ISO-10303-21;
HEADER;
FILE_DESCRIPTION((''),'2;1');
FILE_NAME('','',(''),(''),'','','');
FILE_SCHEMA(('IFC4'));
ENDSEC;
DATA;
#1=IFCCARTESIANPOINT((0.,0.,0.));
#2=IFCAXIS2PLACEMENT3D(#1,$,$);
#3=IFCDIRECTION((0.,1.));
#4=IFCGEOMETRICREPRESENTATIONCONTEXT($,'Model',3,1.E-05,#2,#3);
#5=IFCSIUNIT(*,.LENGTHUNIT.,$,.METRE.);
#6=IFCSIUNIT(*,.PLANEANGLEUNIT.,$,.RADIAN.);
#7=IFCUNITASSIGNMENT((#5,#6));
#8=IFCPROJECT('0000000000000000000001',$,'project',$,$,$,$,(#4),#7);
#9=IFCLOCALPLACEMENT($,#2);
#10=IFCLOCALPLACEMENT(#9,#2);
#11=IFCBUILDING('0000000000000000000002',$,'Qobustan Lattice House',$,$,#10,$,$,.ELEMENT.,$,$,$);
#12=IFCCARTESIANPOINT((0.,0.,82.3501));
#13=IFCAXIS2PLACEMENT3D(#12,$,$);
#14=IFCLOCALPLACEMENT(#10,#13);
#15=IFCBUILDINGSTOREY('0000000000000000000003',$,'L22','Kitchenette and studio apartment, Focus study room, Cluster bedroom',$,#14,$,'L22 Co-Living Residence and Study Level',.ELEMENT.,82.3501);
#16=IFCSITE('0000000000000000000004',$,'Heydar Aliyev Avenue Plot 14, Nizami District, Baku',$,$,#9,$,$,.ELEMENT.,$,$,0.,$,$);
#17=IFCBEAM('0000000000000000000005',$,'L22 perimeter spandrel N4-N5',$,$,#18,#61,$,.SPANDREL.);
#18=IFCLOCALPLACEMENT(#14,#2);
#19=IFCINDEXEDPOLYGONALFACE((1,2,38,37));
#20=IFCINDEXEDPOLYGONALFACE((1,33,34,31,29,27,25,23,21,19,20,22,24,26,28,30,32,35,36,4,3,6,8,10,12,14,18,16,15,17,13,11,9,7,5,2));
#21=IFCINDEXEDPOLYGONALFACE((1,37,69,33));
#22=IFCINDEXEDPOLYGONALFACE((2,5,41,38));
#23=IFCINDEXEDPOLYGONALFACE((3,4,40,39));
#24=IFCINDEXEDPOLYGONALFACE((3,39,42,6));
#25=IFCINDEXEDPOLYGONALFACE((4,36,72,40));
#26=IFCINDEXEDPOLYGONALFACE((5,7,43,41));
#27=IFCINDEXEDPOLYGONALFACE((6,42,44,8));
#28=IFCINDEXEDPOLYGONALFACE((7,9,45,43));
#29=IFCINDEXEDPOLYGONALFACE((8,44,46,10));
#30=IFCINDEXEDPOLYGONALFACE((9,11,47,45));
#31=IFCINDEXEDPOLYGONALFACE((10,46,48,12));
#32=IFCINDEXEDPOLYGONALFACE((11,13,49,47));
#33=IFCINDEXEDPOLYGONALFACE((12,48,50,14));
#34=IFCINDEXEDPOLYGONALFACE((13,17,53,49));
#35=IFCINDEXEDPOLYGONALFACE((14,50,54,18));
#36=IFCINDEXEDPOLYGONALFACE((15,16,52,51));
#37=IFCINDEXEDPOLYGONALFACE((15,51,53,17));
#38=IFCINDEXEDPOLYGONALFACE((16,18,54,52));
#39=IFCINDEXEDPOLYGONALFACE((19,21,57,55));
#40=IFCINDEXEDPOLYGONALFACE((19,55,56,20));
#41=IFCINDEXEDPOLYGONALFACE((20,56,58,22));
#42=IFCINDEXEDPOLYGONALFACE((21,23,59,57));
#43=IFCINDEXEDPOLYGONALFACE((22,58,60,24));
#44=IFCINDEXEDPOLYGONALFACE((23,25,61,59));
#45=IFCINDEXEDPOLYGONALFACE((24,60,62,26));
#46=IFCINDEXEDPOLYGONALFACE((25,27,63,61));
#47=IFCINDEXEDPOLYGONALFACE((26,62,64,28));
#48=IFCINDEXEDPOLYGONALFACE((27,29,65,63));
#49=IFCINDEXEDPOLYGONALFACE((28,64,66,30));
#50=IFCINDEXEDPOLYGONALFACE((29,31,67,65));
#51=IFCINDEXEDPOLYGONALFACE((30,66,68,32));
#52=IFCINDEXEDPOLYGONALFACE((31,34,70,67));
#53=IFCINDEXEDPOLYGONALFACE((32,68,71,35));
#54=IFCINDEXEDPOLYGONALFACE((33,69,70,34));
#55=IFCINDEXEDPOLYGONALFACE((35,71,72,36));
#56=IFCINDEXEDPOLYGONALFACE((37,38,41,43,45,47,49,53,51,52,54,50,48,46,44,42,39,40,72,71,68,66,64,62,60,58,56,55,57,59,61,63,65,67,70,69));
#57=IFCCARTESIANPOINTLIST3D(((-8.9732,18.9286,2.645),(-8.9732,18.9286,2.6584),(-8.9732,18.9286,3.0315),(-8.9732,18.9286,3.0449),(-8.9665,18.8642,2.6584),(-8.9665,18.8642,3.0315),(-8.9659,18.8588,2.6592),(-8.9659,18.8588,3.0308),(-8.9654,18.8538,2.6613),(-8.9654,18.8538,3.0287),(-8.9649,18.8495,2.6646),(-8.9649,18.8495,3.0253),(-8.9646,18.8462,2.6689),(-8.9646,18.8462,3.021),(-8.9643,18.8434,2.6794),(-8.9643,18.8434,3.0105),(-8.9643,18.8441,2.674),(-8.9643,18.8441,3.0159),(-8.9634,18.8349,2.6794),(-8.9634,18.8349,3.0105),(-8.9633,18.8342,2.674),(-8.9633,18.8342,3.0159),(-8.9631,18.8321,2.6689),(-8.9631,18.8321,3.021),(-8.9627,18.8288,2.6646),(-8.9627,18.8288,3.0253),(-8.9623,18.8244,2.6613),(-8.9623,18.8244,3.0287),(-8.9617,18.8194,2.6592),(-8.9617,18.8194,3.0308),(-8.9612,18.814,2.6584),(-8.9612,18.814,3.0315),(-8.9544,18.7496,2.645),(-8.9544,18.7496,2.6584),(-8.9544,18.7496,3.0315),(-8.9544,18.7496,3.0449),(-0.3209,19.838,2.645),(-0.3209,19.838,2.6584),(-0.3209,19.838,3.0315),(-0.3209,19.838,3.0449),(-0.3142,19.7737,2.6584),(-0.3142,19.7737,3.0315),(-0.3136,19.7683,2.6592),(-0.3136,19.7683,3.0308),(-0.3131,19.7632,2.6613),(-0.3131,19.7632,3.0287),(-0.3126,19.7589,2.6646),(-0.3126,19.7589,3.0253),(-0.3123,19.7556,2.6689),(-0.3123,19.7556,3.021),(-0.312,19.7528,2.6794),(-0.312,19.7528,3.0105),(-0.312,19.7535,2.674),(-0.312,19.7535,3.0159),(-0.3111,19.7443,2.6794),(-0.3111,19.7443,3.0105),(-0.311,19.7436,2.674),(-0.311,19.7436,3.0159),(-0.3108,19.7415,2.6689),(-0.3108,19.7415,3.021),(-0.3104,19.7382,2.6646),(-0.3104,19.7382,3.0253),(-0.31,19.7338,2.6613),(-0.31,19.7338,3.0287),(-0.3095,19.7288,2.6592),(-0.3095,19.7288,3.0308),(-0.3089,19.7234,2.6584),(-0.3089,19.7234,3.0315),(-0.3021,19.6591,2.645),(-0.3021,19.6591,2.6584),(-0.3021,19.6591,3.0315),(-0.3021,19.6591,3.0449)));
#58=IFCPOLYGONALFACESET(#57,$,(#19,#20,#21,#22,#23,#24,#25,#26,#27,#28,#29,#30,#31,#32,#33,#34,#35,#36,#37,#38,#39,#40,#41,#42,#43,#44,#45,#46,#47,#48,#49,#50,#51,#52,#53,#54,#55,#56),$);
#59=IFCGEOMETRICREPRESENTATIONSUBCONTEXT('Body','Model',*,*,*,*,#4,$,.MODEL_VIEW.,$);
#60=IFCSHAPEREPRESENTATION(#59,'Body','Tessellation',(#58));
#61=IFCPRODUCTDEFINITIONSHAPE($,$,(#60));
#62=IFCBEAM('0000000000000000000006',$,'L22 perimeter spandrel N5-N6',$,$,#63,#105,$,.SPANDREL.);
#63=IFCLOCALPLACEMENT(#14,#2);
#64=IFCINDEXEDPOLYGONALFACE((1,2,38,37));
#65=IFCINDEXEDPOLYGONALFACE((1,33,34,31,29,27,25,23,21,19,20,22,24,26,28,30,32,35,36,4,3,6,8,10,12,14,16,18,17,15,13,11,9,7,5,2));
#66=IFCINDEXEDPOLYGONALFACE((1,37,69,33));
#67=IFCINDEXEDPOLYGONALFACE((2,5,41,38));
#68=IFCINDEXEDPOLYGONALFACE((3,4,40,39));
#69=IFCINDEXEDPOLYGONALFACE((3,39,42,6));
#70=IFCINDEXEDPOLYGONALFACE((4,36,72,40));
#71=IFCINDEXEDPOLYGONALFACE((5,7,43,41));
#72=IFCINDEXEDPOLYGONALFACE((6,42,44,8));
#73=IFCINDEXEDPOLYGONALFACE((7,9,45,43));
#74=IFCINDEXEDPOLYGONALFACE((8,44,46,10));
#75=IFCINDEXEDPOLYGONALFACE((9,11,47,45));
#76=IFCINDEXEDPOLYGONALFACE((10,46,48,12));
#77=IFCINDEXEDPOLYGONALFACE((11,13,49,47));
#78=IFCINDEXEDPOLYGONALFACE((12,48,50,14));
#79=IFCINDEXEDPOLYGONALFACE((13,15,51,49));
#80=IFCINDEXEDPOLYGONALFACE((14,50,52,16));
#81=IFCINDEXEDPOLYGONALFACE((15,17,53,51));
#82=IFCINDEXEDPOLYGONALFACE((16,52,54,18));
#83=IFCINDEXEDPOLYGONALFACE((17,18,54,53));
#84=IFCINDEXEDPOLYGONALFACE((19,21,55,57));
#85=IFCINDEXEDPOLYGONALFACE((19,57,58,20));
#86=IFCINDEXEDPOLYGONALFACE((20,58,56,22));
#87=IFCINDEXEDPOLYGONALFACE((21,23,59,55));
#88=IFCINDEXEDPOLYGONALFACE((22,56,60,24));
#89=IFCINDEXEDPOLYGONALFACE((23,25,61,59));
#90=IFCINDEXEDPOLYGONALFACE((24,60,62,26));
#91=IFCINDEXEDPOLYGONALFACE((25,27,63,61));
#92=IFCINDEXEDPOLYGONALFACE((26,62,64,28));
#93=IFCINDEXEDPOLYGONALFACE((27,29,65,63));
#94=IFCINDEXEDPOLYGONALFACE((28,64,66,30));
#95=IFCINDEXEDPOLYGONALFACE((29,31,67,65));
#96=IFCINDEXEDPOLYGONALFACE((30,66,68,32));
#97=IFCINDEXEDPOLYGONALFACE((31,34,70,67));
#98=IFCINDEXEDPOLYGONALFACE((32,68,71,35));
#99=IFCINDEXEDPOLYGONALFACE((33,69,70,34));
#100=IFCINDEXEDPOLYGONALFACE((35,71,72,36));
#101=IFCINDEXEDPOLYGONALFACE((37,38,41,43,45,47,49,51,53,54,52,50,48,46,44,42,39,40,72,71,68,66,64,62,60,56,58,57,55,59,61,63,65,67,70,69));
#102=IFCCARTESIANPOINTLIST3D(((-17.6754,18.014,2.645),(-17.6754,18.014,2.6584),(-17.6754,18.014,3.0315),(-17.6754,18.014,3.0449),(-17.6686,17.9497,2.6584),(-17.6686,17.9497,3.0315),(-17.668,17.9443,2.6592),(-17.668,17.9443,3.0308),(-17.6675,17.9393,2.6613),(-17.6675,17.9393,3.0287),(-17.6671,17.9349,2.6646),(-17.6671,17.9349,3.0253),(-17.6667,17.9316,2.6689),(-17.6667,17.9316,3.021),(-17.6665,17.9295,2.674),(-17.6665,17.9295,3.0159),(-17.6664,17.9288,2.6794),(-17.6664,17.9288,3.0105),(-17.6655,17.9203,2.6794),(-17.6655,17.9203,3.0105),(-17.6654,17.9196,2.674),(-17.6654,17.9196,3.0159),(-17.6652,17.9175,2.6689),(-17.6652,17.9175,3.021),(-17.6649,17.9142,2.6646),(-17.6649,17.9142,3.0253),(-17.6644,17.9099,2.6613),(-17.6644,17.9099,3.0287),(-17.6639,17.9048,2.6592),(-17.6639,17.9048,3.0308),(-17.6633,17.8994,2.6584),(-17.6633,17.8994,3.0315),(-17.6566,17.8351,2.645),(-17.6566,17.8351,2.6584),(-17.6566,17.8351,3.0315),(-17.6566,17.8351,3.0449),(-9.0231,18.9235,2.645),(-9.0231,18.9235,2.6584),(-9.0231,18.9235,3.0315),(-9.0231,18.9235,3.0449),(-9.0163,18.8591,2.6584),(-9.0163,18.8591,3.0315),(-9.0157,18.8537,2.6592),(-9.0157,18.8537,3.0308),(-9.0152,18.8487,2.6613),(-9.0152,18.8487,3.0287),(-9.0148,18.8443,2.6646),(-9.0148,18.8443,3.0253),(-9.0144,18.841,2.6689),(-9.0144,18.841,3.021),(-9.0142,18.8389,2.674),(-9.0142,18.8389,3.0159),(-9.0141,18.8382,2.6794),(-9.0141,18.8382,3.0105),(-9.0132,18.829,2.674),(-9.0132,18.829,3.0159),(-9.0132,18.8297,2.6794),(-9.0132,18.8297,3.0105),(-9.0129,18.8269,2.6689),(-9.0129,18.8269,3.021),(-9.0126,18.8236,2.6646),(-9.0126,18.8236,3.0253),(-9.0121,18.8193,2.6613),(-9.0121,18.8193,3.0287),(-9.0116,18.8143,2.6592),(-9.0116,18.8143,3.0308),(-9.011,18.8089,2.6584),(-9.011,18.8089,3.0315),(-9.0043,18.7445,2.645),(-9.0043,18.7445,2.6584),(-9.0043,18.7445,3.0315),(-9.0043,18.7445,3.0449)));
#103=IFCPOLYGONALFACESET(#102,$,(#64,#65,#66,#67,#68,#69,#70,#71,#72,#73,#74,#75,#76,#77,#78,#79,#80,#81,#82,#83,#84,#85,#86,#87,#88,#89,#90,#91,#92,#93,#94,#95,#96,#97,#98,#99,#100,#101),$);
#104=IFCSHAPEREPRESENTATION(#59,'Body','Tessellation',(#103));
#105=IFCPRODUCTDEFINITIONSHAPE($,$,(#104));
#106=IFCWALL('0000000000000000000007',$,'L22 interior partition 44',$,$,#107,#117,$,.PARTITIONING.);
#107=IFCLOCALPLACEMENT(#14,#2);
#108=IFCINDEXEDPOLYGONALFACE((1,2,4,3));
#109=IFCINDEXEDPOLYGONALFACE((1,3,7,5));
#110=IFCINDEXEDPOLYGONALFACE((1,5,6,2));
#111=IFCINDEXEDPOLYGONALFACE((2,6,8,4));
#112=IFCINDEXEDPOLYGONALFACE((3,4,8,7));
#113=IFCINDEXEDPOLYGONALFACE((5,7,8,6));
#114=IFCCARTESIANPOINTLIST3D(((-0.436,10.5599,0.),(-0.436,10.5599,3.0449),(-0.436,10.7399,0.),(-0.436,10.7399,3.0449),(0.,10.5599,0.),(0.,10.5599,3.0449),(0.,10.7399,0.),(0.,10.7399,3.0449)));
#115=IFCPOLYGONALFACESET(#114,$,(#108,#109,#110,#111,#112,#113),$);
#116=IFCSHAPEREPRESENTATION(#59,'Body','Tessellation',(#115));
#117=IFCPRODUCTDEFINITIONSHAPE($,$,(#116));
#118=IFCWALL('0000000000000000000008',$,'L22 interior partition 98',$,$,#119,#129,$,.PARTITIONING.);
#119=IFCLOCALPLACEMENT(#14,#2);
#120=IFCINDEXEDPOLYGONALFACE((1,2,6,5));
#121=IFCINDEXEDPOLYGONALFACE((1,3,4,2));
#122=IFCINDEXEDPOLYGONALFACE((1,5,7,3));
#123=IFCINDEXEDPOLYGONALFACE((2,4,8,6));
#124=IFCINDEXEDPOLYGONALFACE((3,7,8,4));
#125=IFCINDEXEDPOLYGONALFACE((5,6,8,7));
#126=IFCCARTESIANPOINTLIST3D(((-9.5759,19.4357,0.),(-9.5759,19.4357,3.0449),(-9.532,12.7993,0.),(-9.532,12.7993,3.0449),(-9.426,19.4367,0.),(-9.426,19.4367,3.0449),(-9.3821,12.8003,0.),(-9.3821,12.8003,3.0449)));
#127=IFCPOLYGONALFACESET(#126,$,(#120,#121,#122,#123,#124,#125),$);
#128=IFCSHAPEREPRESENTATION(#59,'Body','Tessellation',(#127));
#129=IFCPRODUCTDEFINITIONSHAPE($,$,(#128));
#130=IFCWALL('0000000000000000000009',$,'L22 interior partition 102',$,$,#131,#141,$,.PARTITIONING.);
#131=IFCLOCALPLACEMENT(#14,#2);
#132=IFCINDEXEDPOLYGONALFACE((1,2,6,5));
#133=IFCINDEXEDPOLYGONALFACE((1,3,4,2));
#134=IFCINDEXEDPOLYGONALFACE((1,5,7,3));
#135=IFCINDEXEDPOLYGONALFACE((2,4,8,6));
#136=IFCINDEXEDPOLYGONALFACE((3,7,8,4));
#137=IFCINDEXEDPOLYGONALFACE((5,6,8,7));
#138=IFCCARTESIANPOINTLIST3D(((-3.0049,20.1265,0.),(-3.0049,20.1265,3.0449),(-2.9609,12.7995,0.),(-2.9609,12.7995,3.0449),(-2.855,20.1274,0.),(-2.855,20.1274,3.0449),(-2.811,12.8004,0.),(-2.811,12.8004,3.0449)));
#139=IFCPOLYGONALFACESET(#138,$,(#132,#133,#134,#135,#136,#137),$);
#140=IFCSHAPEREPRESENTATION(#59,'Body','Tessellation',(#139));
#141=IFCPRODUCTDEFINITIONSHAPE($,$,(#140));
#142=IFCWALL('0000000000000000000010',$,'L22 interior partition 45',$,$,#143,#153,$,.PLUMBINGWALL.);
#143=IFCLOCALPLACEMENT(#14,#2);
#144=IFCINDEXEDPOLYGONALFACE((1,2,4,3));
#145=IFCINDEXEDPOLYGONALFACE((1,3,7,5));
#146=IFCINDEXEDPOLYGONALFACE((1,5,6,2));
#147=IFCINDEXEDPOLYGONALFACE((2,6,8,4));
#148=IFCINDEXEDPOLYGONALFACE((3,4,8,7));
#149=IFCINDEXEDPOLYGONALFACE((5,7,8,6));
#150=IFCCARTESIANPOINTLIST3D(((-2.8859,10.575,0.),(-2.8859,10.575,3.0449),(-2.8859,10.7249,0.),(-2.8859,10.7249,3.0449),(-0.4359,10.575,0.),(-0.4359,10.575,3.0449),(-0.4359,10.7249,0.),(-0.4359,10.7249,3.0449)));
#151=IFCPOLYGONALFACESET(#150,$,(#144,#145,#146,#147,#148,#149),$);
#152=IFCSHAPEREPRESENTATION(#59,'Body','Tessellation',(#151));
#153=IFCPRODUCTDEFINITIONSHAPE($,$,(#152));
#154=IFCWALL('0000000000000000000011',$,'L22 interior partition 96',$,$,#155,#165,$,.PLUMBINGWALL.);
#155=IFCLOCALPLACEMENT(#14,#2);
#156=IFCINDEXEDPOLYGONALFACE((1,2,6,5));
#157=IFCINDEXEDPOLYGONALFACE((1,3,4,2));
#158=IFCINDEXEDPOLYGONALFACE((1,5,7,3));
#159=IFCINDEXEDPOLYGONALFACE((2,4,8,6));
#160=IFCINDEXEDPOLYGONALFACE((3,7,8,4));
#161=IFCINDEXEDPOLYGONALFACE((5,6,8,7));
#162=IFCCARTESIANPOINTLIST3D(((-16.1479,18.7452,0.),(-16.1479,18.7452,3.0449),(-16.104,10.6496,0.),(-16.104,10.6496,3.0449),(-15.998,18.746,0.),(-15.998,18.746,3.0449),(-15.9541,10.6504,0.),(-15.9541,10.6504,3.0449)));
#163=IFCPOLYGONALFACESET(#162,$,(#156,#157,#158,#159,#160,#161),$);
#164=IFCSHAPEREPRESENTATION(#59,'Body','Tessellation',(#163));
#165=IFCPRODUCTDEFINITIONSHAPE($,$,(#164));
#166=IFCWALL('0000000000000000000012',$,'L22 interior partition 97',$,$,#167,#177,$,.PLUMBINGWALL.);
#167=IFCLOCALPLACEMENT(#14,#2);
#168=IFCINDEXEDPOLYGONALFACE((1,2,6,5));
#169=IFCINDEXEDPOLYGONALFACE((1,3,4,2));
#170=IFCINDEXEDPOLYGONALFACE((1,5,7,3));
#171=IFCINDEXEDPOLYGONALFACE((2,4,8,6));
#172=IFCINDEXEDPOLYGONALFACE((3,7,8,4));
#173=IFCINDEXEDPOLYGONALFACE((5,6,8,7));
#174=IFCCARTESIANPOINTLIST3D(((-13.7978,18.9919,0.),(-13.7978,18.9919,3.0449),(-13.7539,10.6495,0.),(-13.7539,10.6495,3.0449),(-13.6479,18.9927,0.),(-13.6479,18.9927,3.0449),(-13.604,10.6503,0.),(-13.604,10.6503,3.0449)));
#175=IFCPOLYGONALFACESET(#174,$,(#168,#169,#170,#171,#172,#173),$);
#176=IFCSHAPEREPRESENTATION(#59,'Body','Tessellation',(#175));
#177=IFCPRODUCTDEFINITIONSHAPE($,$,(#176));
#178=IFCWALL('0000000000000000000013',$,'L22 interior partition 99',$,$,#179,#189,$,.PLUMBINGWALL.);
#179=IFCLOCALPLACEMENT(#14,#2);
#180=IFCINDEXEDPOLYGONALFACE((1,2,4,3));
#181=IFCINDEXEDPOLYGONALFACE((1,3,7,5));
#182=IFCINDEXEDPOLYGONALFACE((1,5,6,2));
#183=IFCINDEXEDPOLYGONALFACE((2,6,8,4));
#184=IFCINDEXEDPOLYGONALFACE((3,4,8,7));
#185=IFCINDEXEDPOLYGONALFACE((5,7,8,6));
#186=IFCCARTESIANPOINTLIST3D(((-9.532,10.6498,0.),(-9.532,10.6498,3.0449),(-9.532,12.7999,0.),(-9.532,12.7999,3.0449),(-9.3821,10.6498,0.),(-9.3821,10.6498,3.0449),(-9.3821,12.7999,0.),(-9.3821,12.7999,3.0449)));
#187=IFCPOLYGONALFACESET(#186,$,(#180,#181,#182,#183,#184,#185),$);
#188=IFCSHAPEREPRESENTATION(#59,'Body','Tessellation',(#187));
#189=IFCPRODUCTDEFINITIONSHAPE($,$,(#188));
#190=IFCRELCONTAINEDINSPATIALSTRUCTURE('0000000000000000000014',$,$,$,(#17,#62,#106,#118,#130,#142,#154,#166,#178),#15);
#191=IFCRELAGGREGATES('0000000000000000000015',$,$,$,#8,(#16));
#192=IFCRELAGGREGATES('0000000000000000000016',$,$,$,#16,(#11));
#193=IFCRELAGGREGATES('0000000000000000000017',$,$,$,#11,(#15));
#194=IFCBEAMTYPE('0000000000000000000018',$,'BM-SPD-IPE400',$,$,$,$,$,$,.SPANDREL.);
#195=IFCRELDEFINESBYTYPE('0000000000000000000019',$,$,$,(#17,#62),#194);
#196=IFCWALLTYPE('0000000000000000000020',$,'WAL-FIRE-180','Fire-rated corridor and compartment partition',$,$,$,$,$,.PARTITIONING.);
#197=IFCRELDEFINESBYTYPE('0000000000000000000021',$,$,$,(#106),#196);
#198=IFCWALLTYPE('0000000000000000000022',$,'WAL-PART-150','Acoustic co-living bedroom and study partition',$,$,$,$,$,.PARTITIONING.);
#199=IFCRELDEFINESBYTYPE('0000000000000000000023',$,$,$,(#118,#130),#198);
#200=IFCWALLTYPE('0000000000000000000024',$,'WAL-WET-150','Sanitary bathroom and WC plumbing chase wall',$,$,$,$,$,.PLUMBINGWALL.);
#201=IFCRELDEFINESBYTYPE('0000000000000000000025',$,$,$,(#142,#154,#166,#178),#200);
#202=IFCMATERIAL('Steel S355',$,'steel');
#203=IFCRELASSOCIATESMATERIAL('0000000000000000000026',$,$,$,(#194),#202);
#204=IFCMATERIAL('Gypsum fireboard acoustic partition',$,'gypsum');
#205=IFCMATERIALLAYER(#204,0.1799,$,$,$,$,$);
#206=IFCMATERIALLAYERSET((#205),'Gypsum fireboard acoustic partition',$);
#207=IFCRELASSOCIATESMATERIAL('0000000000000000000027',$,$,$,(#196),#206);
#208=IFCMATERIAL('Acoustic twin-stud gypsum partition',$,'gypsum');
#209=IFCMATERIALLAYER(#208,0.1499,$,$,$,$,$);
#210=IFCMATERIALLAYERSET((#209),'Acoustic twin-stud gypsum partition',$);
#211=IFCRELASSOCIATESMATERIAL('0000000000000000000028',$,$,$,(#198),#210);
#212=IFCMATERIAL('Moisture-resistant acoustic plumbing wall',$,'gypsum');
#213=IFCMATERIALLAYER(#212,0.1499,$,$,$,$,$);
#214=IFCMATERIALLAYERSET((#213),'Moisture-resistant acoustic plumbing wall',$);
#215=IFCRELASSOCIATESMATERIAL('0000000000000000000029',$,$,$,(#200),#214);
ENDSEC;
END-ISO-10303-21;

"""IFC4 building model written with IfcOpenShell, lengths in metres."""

from ifc_helpers import new_model, si_unit, direction, frame, frame_2d, origin, origin_2d, place, context, subcontext, project, spatial, rectangle, i_section, extrude, material, layer, layer_set, material_profile, profile_set, type_object, element, save


model = new_model("IFC4")

# Units and contexts
model_context = context("Model", 3, precision=1e-05, world=origin(), true_north=direction((0.0, 1.0)))
body_context = subcontext(model_context, "Body", "Model", "MODEL_VIEW")
ifc_project = project(units=[si_unit("LENGTHUNIT", "METRE"), si_unit("PLANEANGLEUNIT", "RADIAN")], contexts=[model_context])

# Site, building, storey
site_placement = place(None, origin())
site = spatial("IfcSite", under=ifc_project, at=site_placement, Name="Heydar Aliyev Avenue Plot 14, Nizami District, Baku", CompositionType="ELEMENT", RefElevation=0.0)
building_placement = place(site_placement, origin())
building = spatial("IfcBuilding", under=site, at=building_placement, Name="Qobustan Lattice House", CompositionType="ELEMENT")
storey_placement = place(building_placement, frame((0.0, 0.0, 82.3501)))
storey = spatial("IfcBuildingStorey", under=building, at=storey_placement, Name="L22", Description="Kitchenette and studio apartment, Focus study room, Cluster bedroom", LongName="L22 Co-Living Residence and Study Level", CompositionType="ELEMENT", Elevation=82.3501)

# Beams
ifc_material_1 = material(Name="Steel S355", Category="steel")
ifc_material_profile_1 = material_profile(ifc_material_1, i_section(OverallWidth=0.1799, OverallDepth=0.3999, WebThickness=0.0085, FlangeThickness=0.0134, FilletRadius=0.021, at=origin_2d()), Name="IPE400")
ifc_profile_set_1 = profile_set([ifc_material_profile_1], Name="Steel S355")
beam_type_1 = type_object("IfcBeamType", Name="BM-SPD-IPE400", PredefinedType="SPANDREL", material=ifc_profile_set_1)
for number, where, z_axis, x_axis, name in (
    (1, (-0.3115, 19.7485, 2.845), (-0.994522, -0.104531, 0.0), (0.104531, -0.994522, 0.0), "L22 perimeter spandrel N4-N5"),
    (2, (-9.0137, 18.834, 2.845), (-0.994522, -0.104531, 0.0), (0.104531, -0.994522, 0.0), "L22 perimeter spandrel N5-N6"),
):
    element("IfcBeam", number, at=place(storey_placement, frame(where, z_axis=z_axis, x_axis=x_axis)), inside=storey, type_object=beam_type_1, Name=name, PredefinedType="SPANDREL", context=body_context, shape_type="SweptSolid", body=[
        extrude(i_section(OverallWidth=0.1799, OverallDepth=0.3999, WebThickness=0.0085, FlangeThickness=0.0134, FilletRadius=0.021, at=origin_2d()), origin(), (0.0, 0.0, 1.0), 8.7),
    ])

# Walls
ifc_material_2 = material(Name="Gypsum fireboard acoustic partition", Category="gypsum")
ifc_layer_1 = layer(ifc_material_2, 0.1799)
ifc_layer_set_1 = layer_set([ifc_layer_1], Name="Gypsum fireboard acoustic partition")
wall_type_1 = type_object("IfcWallType", Name="WAL-FIRE-180", Description="Fire-rated corridor and compartment partition", PredefinedType="PARTITIONING", material=ifc_layer_set_1)
wall_1_placement = place(storey_placement, frame((-0.436, 10.6499, 0.0), z_axis=(0.0, 0.0, 1.0), x_axis=(1.0, 0.0, 0.0)))
element("IfcWall", 3, at=wall_1_placement, inside=storey, type_object=wall_type_1, Name="L22 interior partition 44", PredefinedType="PARTITIONING", context=body_context, shape_type="SweptSolid", body=[
    extrude(rectangle(XDim=0.436, YDim=0.1799, at=frame_2d((0.218, 0.0))), origin(), (0.0, 0.0, 1.0), 3.0449),
])
ifc_material_3 = material(Name="Acoustic twin-stud gypsum partition", Category="gypsum")
ifc_layer_2 = layer(ifc_material_3, 0.1499)
ifc_layer_set_2 = layer_set([ifc_layer_2], Name="Acoustic twin-stud gypsum partition")
wall_type_2 = type_object("IfcWallType", Name="WAL-PART-150", Description="Acoustic co-living bedroom and study partition", PredefinedType="PARTITIONING", material=ifc_layer_set_2)
wall_2_placement = place(storey_placement, frame((-9.501, 19.4363, 0.0), z_axis=(0.0, 0.0, 1.0), x_axis=(0.006622, -0.999978, 0.0)))
element("IfcWall", 4, at=wall_2_placement, inside=storey, type_object=wall_type_2, Name="L22 interior partition 98", PredefinedType="PARTITIONING", context=body_context, shape_type="SweptSolid", body=[
    extrude(rectangle(XDim=6.6365, YDim=0.1499, at=frame_2d((3.3184, 0.0))), origin(), (0.0, 0.0, 1.0), 3.0449),
])
wall_3_placement = place(storey_placement, frame((-2.9299, 20.127, 0.0), z_axis=(0.0, 0.0, 1.0), x_axis=(0.005998, -0.999982, 0.0)))
element("IfcWall", 5, at=wall_3_placement, inside=storey, type_object=wall_type_2, Name="L22 interior partition 102", PredefinedType="PARTITIONING", context=body_context, shape_type="SweptSolid", body=[
    extrude(rectangle(XDim=7.3271, YDim=0.1499, at=frame_2d((3.6636, 0.0))), origin(), (0.0, 0.0, 1.0), 3.0449),
])
ifc_material_4 = material(Name="Moisture-resistant acoustic plumbing wall", Category="gypsum")
ifc_layer_3 = layer(ifc_material_4, 0.1499)
ifc_layer_set_3 = layer_set([ifc_layer_3], Name="Moisture-resistant acoustic plumbing wall")
wall_type_3 = type_object("IfcWallType", Name="WAL-WET-150", Description="Sanitary bathroom and WC plumbing chase wall", PredefinedType="PLUMBINGWALL", material=ifc_layer_set_3)
wall_4_placement = place(storey_placement, frame((-2.886, 10.6499, 0.0), z_axis=(0.0, 0.0, 1.0), x_axis=(1.0, 0.0, 0.0)))
element("IfcWall", 6, at=wall_4_placement, inside=storey, type_object=wall_type_3, Name="L22 interior partition 45", PredefinedType="PLUMBINGWALL", context=body_context, shape_type="SweptSolid", body=[
    extrude(rectangle(XDim=2.45, YDim=0.1499, at=frame_2d((1.2251, 0.0))), origin(), (0.0, 0.0, 1.0), 3.0449),
])
wall_5_placement = place(storey_placement, frame((-16.073, 18.7456, 0.0), z_axis=(0.0, 0.0, 1.0), x_axis=(0.005428, -0.999985, 0.0)))
element("IfcWall", 7, at=wall_5_placement, inside=storey, type_object=wall_type_3, Name="L22 interior partition 96", PredefinedType="PLUMBINGWALL", context=body_context, shape_type="SweptSolid", body=[
    extrude(rectangle(XDim=8.0957, YDim=0.1499, at=frame_2d((4.0479, 0.0))), origin(), (0.0, 0.0, 1.0), 3.0449),
])
wall_6_placement = place(storey_placement, frame((-13.7229, 18.9924, 0.0), z_axis=(0.0, 0.0, 1.0), x_axis=(0.005268, -0.999986, 0.0)))
element("IfcWall", 8, at=wall_6_placement, inside=storey, type_object=wall_type_3, Name="L22 interior partition 97", PredefinedType="PLUMBINGWALL", context=body_context, shape_type="SweptSolid", body=[
    extrude(rectangle(XDim=8.3425, YDim=0.1499, at=frame_2d((4.1714, 0.0))), origin(), (0.0, 0.0, 1.0), 3.0449),
])
wall_7_placement = place(storey_placement, frame((-9.457, 12.8, 0.0), z_axis=(0.0, 0.0, 1.0), x_axis=(0.0, -1.0, 0.0)))
element("IfcWall", 9, at=wall_7_placement, inside=storey, type_object=wall_type_3, Name="L22 interior partition 99", PredefinedType="PLUMBINGWALL", context=body_context, shape_type="SweptSolid", body=[
    extrude(rectangle(XDim=2.1501, YDim=0.1499, at=frame_2d((1.0752, 0.0))), origin(), (0.0, 0.0, 1.0), 3.0449),
])

save(model, "model.ifc")
